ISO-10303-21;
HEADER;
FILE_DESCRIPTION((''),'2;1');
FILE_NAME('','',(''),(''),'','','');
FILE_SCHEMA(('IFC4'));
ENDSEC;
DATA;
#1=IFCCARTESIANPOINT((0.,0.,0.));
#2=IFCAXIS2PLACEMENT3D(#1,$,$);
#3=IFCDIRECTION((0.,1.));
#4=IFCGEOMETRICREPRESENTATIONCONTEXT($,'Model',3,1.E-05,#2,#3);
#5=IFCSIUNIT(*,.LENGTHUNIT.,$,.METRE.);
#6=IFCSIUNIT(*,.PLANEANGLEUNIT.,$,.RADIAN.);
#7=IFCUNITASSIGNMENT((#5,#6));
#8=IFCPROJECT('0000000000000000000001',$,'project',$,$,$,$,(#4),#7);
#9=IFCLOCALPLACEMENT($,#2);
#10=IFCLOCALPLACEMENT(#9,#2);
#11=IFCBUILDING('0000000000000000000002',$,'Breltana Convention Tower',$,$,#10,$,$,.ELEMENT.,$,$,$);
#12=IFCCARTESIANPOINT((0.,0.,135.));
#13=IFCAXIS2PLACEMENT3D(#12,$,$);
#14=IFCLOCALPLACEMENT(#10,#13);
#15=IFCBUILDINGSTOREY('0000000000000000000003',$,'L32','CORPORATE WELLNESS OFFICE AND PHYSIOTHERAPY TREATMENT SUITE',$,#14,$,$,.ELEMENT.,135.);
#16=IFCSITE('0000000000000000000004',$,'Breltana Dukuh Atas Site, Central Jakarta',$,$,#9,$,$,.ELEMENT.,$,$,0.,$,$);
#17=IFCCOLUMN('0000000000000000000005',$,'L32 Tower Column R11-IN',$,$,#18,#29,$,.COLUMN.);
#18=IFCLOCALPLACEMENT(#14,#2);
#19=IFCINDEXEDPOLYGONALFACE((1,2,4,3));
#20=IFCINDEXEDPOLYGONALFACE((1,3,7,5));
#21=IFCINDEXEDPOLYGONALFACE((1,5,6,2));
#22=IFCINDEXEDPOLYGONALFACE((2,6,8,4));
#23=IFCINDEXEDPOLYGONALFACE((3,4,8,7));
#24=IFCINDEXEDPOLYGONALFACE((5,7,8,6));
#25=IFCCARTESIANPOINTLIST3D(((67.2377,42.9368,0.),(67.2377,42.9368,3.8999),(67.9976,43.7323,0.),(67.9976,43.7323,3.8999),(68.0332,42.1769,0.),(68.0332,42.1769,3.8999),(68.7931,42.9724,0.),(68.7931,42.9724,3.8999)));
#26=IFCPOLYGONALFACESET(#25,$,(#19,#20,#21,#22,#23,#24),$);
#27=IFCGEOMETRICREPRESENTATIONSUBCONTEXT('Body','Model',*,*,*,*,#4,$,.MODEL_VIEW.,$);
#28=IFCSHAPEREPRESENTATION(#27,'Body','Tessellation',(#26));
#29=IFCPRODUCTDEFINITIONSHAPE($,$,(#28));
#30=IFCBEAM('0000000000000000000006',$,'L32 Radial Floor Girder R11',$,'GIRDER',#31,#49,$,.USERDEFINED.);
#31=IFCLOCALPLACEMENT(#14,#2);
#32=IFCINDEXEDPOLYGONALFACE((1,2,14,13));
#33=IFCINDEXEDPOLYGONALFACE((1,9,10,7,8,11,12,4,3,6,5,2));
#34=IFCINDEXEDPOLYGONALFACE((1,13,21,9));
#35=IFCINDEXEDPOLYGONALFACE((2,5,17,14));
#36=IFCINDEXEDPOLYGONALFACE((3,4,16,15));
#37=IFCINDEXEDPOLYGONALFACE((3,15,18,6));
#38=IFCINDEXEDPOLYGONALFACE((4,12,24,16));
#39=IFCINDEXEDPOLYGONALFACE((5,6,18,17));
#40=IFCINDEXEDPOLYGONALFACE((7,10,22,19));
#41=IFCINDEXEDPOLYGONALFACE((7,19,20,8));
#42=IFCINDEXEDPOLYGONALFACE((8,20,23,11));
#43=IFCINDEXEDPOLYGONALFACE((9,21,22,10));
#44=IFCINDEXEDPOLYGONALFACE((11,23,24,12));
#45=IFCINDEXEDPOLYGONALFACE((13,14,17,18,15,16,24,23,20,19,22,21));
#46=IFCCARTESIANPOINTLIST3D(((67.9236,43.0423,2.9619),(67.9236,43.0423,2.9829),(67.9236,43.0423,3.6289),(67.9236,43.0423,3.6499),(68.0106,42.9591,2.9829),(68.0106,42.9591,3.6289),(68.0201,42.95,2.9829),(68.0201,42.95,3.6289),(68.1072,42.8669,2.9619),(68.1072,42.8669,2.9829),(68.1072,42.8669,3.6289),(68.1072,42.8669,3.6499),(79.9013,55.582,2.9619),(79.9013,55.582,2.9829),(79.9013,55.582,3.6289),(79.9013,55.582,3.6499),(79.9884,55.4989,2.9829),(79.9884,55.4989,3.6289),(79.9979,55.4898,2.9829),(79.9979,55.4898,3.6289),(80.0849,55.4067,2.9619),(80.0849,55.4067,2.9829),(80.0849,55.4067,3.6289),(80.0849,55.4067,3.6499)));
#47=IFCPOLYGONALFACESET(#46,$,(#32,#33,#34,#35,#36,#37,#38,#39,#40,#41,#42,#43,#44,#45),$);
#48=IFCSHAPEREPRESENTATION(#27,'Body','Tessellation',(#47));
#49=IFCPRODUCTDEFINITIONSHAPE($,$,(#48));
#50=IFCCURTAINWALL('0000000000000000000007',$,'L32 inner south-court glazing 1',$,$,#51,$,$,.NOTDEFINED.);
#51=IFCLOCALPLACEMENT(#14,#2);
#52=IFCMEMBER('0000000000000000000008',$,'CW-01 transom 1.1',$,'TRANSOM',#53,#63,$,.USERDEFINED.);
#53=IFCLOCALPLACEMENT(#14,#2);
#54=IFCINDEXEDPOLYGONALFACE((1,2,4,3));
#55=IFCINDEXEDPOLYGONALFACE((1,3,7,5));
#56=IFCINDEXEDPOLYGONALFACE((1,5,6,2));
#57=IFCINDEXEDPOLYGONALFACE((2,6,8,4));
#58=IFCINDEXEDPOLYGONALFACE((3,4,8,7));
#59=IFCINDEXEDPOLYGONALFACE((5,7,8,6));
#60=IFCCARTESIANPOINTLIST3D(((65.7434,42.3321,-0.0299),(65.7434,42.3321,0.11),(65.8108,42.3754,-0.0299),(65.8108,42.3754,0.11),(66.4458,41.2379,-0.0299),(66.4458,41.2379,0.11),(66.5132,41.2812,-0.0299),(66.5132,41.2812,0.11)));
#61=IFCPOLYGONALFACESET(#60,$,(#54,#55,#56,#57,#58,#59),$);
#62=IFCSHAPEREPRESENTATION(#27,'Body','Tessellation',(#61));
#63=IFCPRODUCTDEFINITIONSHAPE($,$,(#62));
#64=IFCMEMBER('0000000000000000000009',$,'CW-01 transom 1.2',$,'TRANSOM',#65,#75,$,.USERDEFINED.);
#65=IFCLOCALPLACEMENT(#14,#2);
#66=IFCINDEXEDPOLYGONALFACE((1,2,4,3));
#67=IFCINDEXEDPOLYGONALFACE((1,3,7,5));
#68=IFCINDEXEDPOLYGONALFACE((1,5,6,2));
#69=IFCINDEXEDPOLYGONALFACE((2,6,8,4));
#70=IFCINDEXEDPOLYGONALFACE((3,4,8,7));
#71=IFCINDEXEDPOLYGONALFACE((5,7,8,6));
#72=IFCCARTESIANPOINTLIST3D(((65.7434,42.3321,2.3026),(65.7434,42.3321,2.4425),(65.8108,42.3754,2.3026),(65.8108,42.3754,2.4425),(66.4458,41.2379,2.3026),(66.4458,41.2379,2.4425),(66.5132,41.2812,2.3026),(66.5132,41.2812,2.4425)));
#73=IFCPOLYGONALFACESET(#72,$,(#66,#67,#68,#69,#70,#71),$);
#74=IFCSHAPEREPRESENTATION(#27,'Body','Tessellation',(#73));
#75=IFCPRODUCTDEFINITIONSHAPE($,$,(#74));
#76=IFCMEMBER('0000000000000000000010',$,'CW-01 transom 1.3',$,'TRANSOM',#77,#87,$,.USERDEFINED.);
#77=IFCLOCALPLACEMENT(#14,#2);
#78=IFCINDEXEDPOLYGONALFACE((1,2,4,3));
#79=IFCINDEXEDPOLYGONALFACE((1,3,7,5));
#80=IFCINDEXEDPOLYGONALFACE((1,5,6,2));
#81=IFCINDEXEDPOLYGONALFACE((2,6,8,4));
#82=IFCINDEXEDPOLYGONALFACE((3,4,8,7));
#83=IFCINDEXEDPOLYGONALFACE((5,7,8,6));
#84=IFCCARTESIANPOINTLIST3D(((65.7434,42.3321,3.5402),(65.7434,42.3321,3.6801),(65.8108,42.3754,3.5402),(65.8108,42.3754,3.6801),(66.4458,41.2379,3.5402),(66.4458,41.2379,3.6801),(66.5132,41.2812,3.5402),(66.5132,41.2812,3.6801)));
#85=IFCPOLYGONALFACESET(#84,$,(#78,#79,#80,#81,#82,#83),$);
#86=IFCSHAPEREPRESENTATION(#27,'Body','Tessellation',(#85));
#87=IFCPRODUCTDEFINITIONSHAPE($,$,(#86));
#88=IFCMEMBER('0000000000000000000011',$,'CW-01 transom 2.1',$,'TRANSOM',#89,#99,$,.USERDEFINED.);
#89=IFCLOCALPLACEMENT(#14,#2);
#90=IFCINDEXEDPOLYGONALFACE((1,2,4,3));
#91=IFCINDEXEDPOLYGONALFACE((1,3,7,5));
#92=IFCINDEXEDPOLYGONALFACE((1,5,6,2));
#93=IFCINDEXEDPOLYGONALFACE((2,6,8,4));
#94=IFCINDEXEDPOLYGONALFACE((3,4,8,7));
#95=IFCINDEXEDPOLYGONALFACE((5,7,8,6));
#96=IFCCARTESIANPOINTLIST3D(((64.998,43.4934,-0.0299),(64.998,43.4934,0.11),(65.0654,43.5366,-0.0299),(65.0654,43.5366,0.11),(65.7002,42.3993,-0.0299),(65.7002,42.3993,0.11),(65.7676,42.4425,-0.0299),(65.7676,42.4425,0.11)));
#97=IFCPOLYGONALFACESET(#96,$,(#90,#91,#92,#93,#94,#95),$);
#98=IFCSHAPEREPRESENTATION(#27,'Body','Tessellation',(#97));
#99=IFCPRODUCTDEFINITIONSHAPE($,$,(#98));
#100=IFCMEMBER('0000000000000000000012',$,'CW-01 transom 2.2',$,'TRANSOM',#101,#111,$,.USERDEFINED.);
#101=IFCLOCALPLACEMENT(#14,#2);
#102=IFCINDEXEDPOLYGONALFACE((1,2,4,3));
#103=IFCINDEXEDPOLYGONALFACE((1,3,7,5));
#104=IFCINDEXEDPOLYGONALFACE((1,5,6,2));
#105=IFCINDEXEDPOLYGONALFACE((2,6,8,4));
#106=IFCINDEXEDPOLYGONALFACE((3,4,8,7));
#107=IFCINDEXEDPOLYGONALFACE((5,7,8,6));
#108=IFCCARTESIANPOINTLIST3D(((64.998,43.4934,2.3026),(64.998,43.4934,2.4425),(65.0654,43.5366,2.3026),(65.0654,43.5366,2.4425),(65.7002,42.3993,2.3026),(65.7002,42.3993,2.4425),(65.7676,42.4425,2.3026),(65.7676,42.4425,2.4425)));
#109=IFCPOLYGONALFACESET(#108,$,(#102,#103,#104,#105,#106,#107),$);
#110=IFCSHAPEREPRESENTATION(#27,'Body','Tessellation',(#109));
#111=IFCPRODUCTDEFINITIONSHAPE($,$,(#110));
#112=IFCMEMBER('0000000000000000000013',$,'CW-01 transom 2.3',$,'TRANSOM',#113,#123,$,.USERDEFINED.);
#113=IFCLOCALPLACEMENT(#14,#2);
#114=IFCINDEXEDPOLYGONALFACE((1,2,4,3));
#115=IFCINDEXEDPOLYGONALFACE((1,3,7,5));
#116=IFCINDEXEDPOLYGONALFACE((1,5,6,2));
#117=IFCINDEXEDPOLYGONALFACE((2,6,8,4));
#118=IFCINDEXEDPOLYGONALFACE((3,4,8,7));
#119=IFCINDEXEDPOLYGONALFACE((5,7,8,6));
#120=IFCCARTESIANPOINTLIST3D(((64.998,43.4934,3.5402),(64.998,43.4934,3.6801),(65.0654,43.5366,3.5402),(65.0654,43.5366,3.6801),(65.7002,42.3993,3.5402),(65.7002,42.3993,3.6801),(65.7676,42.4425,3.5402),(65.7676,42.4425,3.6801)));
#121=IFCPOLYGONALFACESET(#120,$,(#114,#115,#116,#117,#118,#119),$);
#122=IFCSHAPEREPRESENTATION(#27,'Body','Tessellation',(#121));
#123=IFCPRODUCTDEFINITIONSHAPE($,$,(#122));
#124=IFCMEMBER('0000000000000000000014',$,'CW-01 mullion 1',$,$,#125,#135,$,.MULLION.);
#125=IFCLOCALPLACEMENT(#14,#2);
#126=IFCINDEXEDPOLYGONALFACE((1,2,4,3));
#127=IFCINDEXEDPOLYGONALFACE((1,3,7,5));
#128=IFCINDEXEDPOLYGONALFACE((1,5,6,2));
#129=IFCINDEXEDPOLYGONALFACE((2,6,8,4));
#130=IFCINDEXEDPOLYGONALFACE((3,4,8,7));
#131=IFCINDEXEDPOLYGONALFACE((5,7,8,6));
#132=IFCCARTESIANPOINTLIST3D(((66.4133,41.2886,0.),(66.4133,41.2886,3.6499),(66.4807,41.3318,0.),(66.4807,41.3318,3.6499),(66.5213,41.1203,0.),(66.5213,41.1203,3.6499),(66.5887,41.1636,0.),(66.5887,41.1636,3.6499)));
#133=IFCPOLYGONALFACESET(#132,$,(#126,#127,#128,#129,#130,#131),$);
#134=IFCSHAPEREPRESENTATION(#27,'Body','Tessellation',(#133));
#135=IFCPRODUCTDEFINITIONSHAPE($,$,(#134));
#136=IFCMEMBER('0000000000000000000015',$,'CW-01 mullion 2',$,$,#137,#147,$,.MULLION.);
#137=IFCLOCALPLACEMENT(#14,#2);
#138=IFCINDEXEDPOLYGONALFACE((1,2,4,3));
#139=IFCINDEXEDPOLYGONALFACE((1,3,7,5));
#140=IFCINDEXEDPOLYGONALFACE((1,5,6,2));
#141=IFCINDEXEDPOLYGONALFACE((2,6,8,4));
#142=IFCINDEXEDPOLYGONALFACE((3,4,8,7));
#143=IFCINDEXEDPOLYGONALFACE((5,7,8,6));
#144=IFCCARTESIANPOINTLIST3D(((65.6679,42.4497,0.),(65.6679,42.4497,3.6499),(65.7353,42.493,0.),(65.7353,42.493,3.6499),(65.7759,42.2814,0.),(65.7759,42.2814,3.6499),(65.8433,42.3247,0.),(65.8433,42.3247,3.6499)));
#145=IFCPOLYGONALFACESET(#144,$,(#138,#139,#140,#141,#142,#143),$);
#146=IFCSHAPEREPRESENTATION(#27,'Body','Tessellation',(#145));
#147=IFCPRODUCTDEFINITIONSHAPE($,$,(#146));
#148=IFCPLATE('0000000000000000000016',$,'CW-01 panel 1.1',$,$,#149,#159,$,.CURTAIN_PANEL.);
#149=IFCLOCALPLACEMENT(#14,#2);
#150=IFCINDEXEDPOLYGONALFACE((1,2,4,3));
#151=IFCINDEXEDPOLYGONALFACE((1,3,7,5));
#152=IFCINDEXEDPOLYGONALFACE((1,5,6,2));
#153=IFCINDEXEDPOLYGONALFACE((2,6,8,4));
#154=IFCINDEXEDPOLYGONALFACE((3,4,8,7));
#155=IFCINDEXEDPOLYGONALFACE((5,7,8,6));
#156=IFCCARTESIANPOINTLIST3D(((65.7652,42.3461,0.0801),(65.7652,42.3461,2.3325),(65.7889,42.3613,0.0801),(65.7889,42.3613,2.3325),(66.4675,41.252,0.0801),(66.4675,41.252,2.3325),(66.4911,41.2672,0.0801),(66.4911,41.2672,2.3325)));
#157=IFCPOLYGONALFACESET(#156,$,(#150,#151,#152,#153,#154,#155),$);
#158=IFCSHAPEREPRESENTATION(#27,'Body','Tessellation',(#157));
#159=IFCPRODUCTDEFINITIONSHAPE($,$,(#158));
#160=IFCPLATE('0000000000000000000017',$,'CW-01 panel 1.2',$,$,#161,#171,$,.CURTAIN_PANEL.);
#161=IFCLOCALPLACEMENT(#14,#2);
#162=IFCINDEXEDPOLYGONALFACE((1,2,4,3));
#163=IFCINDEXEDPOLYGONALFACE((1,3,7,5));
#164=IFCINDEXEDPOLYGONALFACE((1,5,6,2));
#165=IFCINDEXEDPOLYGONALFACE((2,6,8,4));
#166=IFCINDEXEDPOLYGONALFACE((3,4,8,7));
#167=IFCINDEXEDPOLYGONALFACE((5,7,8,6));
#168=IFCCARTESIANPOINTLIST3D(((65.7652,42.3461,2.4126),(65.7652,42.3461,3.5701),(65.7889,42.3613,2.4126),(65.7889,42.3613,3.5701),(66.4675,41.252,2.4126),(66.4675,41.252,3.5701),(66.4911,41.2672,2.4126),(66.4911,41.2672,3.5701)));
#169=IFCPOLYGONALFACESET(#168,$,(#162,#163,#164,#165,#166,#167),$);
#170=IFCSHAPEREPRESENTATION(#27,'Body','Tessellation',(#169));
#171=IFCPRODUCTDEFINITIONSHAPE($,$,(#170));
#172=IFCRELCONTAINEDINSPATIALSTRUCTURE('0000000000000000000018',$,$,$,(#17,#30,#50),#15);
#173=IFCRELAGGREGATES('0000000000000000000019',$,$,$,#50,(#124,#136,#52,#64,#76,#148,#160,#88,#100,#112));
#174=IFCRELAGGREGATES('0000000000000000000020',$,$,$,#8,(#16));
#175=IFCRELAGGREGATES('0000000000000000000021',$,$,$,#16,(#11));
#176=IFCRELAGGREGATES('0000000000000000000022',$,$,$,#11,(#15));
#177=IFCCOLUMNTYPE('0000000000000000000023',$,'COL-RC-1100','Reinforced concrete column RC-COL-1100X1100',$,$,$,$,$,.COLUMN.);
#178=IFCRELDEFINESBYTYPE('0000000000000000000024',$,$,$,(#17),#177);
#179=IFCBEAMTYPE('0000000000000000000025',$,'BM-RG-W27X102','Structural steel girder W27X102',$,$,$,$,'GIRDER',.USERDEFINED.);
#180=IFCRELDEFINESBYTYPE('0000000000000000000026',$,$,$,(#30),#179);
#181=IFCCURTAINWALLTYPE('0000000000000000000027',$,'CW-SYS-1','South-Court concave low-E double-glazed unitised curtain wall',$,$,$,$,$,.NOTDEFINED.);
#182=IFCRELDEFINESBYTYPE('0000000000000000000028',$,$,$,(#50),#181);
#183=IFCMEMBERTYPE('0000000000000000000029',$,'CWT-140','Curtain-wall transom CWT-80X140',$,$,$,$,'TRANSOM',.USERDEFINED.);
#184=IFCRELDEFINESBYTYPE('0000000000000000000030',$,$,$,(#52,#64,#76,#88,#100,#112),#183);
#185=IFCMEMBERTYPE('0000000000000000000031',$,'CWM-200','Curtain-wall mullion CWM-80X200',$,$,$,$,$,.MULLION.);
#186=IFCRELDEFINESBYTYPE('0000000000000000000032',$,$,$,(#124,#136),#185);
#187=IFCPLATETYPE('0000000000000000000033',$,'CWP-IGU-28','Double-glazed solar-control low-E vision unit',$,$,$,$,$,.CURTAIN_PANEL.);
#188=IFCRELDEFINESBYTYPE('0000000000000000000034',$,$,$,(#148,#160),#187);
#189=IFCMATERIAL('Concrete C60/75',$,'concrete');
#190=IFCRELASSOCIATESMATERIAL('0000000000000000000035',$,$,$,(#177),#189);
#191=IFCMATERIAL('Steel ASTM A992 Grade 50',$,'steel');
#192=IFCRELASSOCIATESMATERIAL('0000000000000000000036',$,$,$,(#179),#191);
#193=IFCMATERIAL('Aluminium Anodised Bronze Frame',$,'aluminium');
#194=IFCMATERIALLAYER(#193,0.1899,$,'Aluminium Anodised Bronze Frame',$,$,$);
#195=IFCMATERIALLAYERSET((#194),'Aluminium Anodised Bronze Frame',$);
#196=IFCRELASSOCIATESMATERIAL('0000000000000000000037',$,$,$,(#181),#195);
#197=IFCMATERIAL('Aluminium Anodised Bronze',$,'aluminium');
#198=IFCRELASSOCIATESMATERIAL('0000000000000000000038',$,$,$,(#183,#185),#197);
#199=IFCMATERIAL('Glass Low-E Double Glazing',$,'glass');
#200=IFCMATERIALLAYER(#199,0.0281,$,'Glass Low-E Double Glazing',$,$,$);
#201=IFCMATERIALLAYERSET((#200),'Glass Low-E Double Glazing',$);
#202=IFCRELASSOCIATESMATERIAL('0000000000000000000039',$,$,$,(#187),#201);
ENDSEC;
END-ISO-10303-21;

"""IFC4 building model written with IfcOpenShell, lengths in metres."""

from ifc_helpers import new_model, si_unit, direction, frame, origin, origin_2d, place, context, subcontext, project, spatial, rectangle, i_section, extrude, source, transform, mapped, material, layer, layer_set, material_profile, profile_set, type_object, type_shapes, element, aggregate, save


model = new_model("IFC4")

# Units and contexts
model_context = context("Model", 3, precision=1e-05, world=origin(), true_north=direction((0.0, 1.0)))
body_context = subcontext(model_context, "Body", "Model", "MODEL_VIEW")
ifc_project = project(units=[si_unit("LENGTHUNIT", "METRE"), si_unit("PLANEANGLEUNIT", "RADIAN")], contexts=[model_context])

# Site, building, storey
site_placement = place(None, origin())
site = spatial("IfcSite", under=ifc_project, at=site_placement, Name="Breltana Dukuh Atas Site, Central Jakarta", CompositionType="ELEMENT", RefElevation=0.0)
building_placement = place(site_placement, origin())
building = spatial("IfcBuilding", under=site, at=building_placement, Name="Breltana Convention Tower", CompositionType="ELEMENT")
storey_placement = place(building_placement, frame((0.0, 0.0, 135.0)))
storey = spatial("IfcBuildingStorey", under=building, at=storey_placement, Name="L32", Description="CORPORATE WELLNESS OFFICE AND PHYSIOTHERAPY TREATMENT SUITE", CompositionType="ELEMENT", Elevation=135.0)

# Column
ifc_material_1 = material(Name="Concrete C60/75", Category="concrete")
ifc_material_profile_1 = material_profile(ifc_material_1, rectangle(XDim=1.1001, YDim=1.1001, at=origin_2d()), Name="RC-COL-1100X1100")
ifc_profile_set_1 = profile_set([ifc_material_profile_1], Name="Concrete C60/75")
column_type = type_object("IfcColumnType", Name="COL-RC-1100", Description="Reinforced concrete column RC-COL-1100X1100", PredefinedType="COLUMN", material=ifc_profile_set_1)
shared_shape_1 = source(origin(), body_context, "Body", "SweptSolid", [
    extrude(rectangle(XDim=1.1001, YDim=1.1001, at=origin_2d()), origin(), (0.0, 0.0, 1.0), 3.8999),
])
column_placement = place(storey_placement, frame((68.0154, 42.9546, 0.0), z_axis=(0.0, 0.0, 1.0), x_axis=(0.690756, 0.723088, 0.0)))
element("IfcColumn", 1, at=column_placement, inside=storey, type_object=column_type, Name="L32 Tower Column R11-IN", PredefinedType="COLUMN", context=body_context, shape_type="MappedRepresentation", body=[
    mapped(shared_shape_1, transform((0.0, 0.0, 0.0), scale=1.0)),
])

# Beam
ifc_material_2 = material(Name="Steel ASTM A992 Grade 50", Category="steel")
ifc_material_profile_2 = material_profile(ifc_material_2, i_section(OverallWidth=0.2539, OverallDepth=0.688, WebThickness=0.0132, FlangeThickness=0.021, at=origin_2d()), Name="W27X102")
ifc_profile_set_2 = profile_set([ifc_material_profile_2], Name="Steel ASTM A992 Grade 50")
beam_type = type_object("IfcBeamType", Name="BM-RG-W27X102", Description="Structural steel girder W27X102", ElementType="GIRDER", PredefinedType="USERDEFINED", material=ifc_profile_set_2)
shared_shape_2 = source(origin(), body_context, "Body", "SweptSolid", [
    extrude(i_section(OverallWidth=0.2539, OverallDepth=0.688, WebThickness=0.0132, FlangeThickness=0.021, at=origin_2d()), origin(), (0.0, 0.0, 1.0), 17.3411),
])
type_shapes(beam_type, [shared_shape_2])
beam_placement = place(storey_placement, frame((68.0154, 42.9546, 3.3059), z_axis=(0.690716, 0.723126, 0.0), x_axis=(-0.723126, 0.690716, 0.0)))
element("IfcBeam", 2, at=beam_placement, inside=storey, type_object=beam_type, Name="L32 Radial Floor Girder R11", ObjectType="GIRDER", PredefinedType="USERDEFINED", context=body_context, shape_type="MappedRepresentation", body=[
    mapped(shared_shape_2, transform((0.0, 0.0, 0.0), scale=1.0)),
])

# Curtain wall, members, plates
ifc_material_3 = material(Name="Aluminium Anodised Bronze Frame", Category="aluminium")
ifc_layer_1 = layer(ifc_material_3, 0.1899, Name="Aluminium Anodised Bronze Frame")
ifc_layer_set_1 = layer_set([ifc_layer_1], Name="Aluminium Anodised Bronze Frame")
curtain_wall_type = type_object("IfcCurtainWallType", Name="CW-SYS-1", Description="South-Court concave low-E double-glazed unitised curtain wall", PredefinedType="NOTDEFINED", material=ifc_layer_set_1)
curtain_wall_placement = place(storey_placement, origin())
curtain_wall = element("IfcCurtainWall", 3, at=curtain_wall_placement, inside=storey, type_object=curtain_wall_type, Name="L32 inner south-court glazing 1", PredefinedType="NOTDEFINED")
ifc_material_4 = material(Name="Aluminium Anodised Bronze", Category="aluminium")
ifc_material_profile_3 = material_profile(ifc_material_4, rectangle(XDim=0.0801, YDim=0.1399, at=origin_2d()), Name="CWT-80X140")
ifc_profile_set_3 = profile_set([ifc_material_profile_3], Name="Aluminium Anodised Bronze")
member_type_1 = type_object("IfcMemberType", Name="CWT-140", Description="Curtain-wall transom CWT-80X140", ElementType="TRANSOM", PredefinedType="USERDEFINED", material=ifc_profile_set_3)
shared_shape_3 = source(origin(), body_context, "Body", "SweptSolid", [
    extrude(rectangle(XDim=0.0801, YDim=0.1399, at=origin_2d()), origin(), (0.0, 0.0, 1.0), 1.3003),
])
member_1_placement = place(storey_placement, frame((66.4795, 41.2595, 0.04), z_axis=(-0.540188, 0.841544, 0.0), x_axis=(-0.841544, -0.540188, 0.0)))
member_1 = element("IfcMember", 4, at=member_1_placement, type_object=member_type_1, Name="CW-01 transom 1.1", ObjectType="TRANSOM", PredefinedType="USERDEFINED", context=body_context, shape_type="MappedRepresentation", body=[
    mapped(shared_shape_3, transform((0.0, 0.0, 0.0), scale=1.0)),
])
member_2_placement = place(storey_placement, frame((66.4795, 41.2595, 2.3726), z_axis=(-0.540188, 0.841544, 0.0), x_axis=(-0.841544, -0.540188, 0.0)))
member_2 = element("IfcMember", 5, at=member_2_placement, type_object=member_type_1, Name="CW-01 transom 1.2", ObjectType="TRANSOM", PredefinedType="USERDEFINED", context=body_context, shape_type="MappedRepresentation", body=[
    mapped(shared_shape_3, transform((0.0, 0.0, 0.0), scale=1.0)),
])
member_3_placement = place(storey_placement, frame((66.4795, 41.2595, 3.6101), z_axis=(-0.540188, 0.841544, 0.0), x_axis=(-0.841544, -0.540188, 0.0)))
member_3 = element("IfcMember", 6, at=member_3_placement, type_object=member_type_1, Name="CW-01 transom 1.3", ObjectType="TRANSOM", PredefinedType="USERDEFINED", context=body_context, shape_type="MappedRepresentation", body=[
    mapped(shared_shape_3, transform((0.0, 0.0, 0.0), scale=1.0)),
])
shared_shape_4 = source(origin(), body_context, "Body", "SweptSolid", [
    extrude(rectangle(XDim=0.0801, YDim=0.1399, at=origin_2d()), origin(), (0.0, 0.0, 1.0), 1.3),
])
member_4_placement = place(storey_placement, frame((65.7339, 42.4209, 0.04), z_axis=(-0.54014, 0.841575, 0.0), x_axis=(-0.841575, -0.54014, 0.0)))
member_4 = element("IfcMember", 7, at=member_4_placement, type_object=member_type_1, Name="CW-01 transom 2.1", ObjectType="TRANSOM", PredefinedType="USERDEFINED", context=body_context, shape_type="MappedRepresentation", body=[
    mapped(shared_shape_4, transform((0.0, 0.0, 0.0), scale=1.0)),
])
member_5_placement = place(storey_placement, frame((65.7339, 42.4209, 2.3726), z_axis=(-0.54014, 0.841575, 0.0), x_axis=(-0.841575, -0.54014, 0.0)))
member_5 = element("IfcMember", 8, at=member_5_placement, type_object=member_type_1, Name="CW-01 transom 2.2", ObjectType="TRANSOM", PredefinedType="USERDEFINED", context=body_context, shape_type="MappedRepresentation", body=[
    mapped(shared_shape_4, transform((0.0, 0.0, 0.0), scale=1.0)),
])
member_6_placement = place(storey_placement, frame((65.7339, 42.4209, 3.6101), z_axis=(-0.54014, 0.841575, 0.0), x_axis=(-0.841575, -0.54014, 0.0)))
member_6 = element("IfcMember", 9, at=member_6_placement, type_object=member_type_1, Name="CW-01 transom 2.3", ObjectType="TRANSOM", PredefinedType="USERDEFINED", context=body_context, shape_type="MappedRepresentation", body=[
    mapped(shared_shape_4, transform((0.0, 0.0, 0.0), scale=1.0)),
])
ifc_material_profile_4 = material_profile(ifc_material_4, rectangle(XDim=0.0801, YDim=0.2, at=origin_2d()), Name="CWM-80X200")
ifc_profile_set_4 = profile_set([ifc_material_profile_4], Name="Aluminium Anodised Bronze")
member_type_2 = type_object("IfcMemberType", Name="CWM-200", Description="Curtain-wall mullion CWM-80X200", PredefinedType="MULLION", material=ifc_profile_set_4)
shared_shape_5 = source(origin(), body_context, "Body", "SweptSolid", [
    extrude(rectangle(XDim=0.0801, YDim=0.2, at=origin_2d()), origin(), (0.0, 0.0, 1.0), 3.6499),
])
member_7_placement = place(storey_placement, frame((66.501, 41.2261, 0.0), z_axis=(0.0, 0.0, 1.0), x_axis=(-0.841551, -0.540177, 0.0)))
member_7 = element("IfcMember", 10, at=member_7_placement, type_object=member_type_2, Name="CW-01 mullion 1", PredefinedType="MULLION", context=body_context, shape_type="MappedRepresentation", body=[
    mapped(shared_shape_5, transform((0.0, 0.0, 0.0), scale=1.0)),
])
member_8_placement = place(storey_placement, frame((65.7556, 42.3872, 0.0), z_axis=(0.0, 0.0, 1.0), x_axis=(-0.841551, -0.540177, 0.0)))
member_8 = element("IfcMember", 11, at=member_8_placement, type_object=member_type_2, Name="CW-01 mullion 2", PredefinedType="MULLION", context=body_context, shape_type="MappedRepresentation", body=[
    mapped(shared_shape_5, transform((0.0, 0.0, 0.0), scale=1.0)),
])
ifc_material_5 = material(Name="Glass Low-E Double Glazing", Category="glass")
ifc_layer_2 = layer(ifc_material_5, 0.0281, Name="Glass Low-E Double Glazing")
ifc_layer_set_2 = layer_set([ifc_layer_2], Name="Glass Low-E Double Glazing")
plate_type = type_object("IfcPlateType", Name="CWP-IGU-28", Description="Double-glazed solar-control low-E vision unit", PredefinedType="CURTAIN_PANEL", material=ifc_layer_set_2)
shared_shape_6 = source(origin(), body_context, "Body", "SweptSolid", [
    extrude(rectangle(XDim=1.3, YDim=0.0281, at=origin_2d()), origin(), (0.0, 0.0, 1.0), 2.2524),
])
plate_1_placement = place(storey_placement, frame((66.1282, 41.8066, 0.0801), z_axis=(0.0, 0.0, 1.0), x_axis=(-0.540177, 0.841551, 0.0)))
plate_1 = element("IfcPlate", 12, at=plate_1_placement, type_object=plate_type, Name="CW-01 panel 1.1", PredefinedType="CURTAIN_PANEL", context=body_context, shape_type="MappedRepresentation", body=[
    mapped(shared_shape_6, transform((0.0, 0.0, 0.0), scale=1.0)),
])
shared_shape_7 = source(origin(), body_context, "Body", "SweptSolid", [
    extrude(rectangle(XDim=1.3, YDim=0.0281, at=origin_2d()), origin(), (0.0, 0.0, 1.0), 1.1575),
])
plate_2_placement = place(storey_placement, frame((66.1282, 41.8066, 2.4126), z_axis=(0.0, 0.0, 1.0), x_axis=(-0.540177, 0.841551, 0.0)))
plate_2 = element("IfcPlate", 13, at=plate_2_placement, type_object=plate_type, Name="CW-01 panel 1.2", PredefinedType="CURTAIN_PANEL", context=body_context, shape_type="MappedRepresentation", body=[
    mapped(shared_shape_7, transform((0.0, 0.0, 0.0), scale=1.0)),
])
aggregate(curtain_wall, [member_7, member_8, member_1, member_2, member_3, plate_1, plate_2, member_4, member_5, member_6])

save(model, "model.ifc")
